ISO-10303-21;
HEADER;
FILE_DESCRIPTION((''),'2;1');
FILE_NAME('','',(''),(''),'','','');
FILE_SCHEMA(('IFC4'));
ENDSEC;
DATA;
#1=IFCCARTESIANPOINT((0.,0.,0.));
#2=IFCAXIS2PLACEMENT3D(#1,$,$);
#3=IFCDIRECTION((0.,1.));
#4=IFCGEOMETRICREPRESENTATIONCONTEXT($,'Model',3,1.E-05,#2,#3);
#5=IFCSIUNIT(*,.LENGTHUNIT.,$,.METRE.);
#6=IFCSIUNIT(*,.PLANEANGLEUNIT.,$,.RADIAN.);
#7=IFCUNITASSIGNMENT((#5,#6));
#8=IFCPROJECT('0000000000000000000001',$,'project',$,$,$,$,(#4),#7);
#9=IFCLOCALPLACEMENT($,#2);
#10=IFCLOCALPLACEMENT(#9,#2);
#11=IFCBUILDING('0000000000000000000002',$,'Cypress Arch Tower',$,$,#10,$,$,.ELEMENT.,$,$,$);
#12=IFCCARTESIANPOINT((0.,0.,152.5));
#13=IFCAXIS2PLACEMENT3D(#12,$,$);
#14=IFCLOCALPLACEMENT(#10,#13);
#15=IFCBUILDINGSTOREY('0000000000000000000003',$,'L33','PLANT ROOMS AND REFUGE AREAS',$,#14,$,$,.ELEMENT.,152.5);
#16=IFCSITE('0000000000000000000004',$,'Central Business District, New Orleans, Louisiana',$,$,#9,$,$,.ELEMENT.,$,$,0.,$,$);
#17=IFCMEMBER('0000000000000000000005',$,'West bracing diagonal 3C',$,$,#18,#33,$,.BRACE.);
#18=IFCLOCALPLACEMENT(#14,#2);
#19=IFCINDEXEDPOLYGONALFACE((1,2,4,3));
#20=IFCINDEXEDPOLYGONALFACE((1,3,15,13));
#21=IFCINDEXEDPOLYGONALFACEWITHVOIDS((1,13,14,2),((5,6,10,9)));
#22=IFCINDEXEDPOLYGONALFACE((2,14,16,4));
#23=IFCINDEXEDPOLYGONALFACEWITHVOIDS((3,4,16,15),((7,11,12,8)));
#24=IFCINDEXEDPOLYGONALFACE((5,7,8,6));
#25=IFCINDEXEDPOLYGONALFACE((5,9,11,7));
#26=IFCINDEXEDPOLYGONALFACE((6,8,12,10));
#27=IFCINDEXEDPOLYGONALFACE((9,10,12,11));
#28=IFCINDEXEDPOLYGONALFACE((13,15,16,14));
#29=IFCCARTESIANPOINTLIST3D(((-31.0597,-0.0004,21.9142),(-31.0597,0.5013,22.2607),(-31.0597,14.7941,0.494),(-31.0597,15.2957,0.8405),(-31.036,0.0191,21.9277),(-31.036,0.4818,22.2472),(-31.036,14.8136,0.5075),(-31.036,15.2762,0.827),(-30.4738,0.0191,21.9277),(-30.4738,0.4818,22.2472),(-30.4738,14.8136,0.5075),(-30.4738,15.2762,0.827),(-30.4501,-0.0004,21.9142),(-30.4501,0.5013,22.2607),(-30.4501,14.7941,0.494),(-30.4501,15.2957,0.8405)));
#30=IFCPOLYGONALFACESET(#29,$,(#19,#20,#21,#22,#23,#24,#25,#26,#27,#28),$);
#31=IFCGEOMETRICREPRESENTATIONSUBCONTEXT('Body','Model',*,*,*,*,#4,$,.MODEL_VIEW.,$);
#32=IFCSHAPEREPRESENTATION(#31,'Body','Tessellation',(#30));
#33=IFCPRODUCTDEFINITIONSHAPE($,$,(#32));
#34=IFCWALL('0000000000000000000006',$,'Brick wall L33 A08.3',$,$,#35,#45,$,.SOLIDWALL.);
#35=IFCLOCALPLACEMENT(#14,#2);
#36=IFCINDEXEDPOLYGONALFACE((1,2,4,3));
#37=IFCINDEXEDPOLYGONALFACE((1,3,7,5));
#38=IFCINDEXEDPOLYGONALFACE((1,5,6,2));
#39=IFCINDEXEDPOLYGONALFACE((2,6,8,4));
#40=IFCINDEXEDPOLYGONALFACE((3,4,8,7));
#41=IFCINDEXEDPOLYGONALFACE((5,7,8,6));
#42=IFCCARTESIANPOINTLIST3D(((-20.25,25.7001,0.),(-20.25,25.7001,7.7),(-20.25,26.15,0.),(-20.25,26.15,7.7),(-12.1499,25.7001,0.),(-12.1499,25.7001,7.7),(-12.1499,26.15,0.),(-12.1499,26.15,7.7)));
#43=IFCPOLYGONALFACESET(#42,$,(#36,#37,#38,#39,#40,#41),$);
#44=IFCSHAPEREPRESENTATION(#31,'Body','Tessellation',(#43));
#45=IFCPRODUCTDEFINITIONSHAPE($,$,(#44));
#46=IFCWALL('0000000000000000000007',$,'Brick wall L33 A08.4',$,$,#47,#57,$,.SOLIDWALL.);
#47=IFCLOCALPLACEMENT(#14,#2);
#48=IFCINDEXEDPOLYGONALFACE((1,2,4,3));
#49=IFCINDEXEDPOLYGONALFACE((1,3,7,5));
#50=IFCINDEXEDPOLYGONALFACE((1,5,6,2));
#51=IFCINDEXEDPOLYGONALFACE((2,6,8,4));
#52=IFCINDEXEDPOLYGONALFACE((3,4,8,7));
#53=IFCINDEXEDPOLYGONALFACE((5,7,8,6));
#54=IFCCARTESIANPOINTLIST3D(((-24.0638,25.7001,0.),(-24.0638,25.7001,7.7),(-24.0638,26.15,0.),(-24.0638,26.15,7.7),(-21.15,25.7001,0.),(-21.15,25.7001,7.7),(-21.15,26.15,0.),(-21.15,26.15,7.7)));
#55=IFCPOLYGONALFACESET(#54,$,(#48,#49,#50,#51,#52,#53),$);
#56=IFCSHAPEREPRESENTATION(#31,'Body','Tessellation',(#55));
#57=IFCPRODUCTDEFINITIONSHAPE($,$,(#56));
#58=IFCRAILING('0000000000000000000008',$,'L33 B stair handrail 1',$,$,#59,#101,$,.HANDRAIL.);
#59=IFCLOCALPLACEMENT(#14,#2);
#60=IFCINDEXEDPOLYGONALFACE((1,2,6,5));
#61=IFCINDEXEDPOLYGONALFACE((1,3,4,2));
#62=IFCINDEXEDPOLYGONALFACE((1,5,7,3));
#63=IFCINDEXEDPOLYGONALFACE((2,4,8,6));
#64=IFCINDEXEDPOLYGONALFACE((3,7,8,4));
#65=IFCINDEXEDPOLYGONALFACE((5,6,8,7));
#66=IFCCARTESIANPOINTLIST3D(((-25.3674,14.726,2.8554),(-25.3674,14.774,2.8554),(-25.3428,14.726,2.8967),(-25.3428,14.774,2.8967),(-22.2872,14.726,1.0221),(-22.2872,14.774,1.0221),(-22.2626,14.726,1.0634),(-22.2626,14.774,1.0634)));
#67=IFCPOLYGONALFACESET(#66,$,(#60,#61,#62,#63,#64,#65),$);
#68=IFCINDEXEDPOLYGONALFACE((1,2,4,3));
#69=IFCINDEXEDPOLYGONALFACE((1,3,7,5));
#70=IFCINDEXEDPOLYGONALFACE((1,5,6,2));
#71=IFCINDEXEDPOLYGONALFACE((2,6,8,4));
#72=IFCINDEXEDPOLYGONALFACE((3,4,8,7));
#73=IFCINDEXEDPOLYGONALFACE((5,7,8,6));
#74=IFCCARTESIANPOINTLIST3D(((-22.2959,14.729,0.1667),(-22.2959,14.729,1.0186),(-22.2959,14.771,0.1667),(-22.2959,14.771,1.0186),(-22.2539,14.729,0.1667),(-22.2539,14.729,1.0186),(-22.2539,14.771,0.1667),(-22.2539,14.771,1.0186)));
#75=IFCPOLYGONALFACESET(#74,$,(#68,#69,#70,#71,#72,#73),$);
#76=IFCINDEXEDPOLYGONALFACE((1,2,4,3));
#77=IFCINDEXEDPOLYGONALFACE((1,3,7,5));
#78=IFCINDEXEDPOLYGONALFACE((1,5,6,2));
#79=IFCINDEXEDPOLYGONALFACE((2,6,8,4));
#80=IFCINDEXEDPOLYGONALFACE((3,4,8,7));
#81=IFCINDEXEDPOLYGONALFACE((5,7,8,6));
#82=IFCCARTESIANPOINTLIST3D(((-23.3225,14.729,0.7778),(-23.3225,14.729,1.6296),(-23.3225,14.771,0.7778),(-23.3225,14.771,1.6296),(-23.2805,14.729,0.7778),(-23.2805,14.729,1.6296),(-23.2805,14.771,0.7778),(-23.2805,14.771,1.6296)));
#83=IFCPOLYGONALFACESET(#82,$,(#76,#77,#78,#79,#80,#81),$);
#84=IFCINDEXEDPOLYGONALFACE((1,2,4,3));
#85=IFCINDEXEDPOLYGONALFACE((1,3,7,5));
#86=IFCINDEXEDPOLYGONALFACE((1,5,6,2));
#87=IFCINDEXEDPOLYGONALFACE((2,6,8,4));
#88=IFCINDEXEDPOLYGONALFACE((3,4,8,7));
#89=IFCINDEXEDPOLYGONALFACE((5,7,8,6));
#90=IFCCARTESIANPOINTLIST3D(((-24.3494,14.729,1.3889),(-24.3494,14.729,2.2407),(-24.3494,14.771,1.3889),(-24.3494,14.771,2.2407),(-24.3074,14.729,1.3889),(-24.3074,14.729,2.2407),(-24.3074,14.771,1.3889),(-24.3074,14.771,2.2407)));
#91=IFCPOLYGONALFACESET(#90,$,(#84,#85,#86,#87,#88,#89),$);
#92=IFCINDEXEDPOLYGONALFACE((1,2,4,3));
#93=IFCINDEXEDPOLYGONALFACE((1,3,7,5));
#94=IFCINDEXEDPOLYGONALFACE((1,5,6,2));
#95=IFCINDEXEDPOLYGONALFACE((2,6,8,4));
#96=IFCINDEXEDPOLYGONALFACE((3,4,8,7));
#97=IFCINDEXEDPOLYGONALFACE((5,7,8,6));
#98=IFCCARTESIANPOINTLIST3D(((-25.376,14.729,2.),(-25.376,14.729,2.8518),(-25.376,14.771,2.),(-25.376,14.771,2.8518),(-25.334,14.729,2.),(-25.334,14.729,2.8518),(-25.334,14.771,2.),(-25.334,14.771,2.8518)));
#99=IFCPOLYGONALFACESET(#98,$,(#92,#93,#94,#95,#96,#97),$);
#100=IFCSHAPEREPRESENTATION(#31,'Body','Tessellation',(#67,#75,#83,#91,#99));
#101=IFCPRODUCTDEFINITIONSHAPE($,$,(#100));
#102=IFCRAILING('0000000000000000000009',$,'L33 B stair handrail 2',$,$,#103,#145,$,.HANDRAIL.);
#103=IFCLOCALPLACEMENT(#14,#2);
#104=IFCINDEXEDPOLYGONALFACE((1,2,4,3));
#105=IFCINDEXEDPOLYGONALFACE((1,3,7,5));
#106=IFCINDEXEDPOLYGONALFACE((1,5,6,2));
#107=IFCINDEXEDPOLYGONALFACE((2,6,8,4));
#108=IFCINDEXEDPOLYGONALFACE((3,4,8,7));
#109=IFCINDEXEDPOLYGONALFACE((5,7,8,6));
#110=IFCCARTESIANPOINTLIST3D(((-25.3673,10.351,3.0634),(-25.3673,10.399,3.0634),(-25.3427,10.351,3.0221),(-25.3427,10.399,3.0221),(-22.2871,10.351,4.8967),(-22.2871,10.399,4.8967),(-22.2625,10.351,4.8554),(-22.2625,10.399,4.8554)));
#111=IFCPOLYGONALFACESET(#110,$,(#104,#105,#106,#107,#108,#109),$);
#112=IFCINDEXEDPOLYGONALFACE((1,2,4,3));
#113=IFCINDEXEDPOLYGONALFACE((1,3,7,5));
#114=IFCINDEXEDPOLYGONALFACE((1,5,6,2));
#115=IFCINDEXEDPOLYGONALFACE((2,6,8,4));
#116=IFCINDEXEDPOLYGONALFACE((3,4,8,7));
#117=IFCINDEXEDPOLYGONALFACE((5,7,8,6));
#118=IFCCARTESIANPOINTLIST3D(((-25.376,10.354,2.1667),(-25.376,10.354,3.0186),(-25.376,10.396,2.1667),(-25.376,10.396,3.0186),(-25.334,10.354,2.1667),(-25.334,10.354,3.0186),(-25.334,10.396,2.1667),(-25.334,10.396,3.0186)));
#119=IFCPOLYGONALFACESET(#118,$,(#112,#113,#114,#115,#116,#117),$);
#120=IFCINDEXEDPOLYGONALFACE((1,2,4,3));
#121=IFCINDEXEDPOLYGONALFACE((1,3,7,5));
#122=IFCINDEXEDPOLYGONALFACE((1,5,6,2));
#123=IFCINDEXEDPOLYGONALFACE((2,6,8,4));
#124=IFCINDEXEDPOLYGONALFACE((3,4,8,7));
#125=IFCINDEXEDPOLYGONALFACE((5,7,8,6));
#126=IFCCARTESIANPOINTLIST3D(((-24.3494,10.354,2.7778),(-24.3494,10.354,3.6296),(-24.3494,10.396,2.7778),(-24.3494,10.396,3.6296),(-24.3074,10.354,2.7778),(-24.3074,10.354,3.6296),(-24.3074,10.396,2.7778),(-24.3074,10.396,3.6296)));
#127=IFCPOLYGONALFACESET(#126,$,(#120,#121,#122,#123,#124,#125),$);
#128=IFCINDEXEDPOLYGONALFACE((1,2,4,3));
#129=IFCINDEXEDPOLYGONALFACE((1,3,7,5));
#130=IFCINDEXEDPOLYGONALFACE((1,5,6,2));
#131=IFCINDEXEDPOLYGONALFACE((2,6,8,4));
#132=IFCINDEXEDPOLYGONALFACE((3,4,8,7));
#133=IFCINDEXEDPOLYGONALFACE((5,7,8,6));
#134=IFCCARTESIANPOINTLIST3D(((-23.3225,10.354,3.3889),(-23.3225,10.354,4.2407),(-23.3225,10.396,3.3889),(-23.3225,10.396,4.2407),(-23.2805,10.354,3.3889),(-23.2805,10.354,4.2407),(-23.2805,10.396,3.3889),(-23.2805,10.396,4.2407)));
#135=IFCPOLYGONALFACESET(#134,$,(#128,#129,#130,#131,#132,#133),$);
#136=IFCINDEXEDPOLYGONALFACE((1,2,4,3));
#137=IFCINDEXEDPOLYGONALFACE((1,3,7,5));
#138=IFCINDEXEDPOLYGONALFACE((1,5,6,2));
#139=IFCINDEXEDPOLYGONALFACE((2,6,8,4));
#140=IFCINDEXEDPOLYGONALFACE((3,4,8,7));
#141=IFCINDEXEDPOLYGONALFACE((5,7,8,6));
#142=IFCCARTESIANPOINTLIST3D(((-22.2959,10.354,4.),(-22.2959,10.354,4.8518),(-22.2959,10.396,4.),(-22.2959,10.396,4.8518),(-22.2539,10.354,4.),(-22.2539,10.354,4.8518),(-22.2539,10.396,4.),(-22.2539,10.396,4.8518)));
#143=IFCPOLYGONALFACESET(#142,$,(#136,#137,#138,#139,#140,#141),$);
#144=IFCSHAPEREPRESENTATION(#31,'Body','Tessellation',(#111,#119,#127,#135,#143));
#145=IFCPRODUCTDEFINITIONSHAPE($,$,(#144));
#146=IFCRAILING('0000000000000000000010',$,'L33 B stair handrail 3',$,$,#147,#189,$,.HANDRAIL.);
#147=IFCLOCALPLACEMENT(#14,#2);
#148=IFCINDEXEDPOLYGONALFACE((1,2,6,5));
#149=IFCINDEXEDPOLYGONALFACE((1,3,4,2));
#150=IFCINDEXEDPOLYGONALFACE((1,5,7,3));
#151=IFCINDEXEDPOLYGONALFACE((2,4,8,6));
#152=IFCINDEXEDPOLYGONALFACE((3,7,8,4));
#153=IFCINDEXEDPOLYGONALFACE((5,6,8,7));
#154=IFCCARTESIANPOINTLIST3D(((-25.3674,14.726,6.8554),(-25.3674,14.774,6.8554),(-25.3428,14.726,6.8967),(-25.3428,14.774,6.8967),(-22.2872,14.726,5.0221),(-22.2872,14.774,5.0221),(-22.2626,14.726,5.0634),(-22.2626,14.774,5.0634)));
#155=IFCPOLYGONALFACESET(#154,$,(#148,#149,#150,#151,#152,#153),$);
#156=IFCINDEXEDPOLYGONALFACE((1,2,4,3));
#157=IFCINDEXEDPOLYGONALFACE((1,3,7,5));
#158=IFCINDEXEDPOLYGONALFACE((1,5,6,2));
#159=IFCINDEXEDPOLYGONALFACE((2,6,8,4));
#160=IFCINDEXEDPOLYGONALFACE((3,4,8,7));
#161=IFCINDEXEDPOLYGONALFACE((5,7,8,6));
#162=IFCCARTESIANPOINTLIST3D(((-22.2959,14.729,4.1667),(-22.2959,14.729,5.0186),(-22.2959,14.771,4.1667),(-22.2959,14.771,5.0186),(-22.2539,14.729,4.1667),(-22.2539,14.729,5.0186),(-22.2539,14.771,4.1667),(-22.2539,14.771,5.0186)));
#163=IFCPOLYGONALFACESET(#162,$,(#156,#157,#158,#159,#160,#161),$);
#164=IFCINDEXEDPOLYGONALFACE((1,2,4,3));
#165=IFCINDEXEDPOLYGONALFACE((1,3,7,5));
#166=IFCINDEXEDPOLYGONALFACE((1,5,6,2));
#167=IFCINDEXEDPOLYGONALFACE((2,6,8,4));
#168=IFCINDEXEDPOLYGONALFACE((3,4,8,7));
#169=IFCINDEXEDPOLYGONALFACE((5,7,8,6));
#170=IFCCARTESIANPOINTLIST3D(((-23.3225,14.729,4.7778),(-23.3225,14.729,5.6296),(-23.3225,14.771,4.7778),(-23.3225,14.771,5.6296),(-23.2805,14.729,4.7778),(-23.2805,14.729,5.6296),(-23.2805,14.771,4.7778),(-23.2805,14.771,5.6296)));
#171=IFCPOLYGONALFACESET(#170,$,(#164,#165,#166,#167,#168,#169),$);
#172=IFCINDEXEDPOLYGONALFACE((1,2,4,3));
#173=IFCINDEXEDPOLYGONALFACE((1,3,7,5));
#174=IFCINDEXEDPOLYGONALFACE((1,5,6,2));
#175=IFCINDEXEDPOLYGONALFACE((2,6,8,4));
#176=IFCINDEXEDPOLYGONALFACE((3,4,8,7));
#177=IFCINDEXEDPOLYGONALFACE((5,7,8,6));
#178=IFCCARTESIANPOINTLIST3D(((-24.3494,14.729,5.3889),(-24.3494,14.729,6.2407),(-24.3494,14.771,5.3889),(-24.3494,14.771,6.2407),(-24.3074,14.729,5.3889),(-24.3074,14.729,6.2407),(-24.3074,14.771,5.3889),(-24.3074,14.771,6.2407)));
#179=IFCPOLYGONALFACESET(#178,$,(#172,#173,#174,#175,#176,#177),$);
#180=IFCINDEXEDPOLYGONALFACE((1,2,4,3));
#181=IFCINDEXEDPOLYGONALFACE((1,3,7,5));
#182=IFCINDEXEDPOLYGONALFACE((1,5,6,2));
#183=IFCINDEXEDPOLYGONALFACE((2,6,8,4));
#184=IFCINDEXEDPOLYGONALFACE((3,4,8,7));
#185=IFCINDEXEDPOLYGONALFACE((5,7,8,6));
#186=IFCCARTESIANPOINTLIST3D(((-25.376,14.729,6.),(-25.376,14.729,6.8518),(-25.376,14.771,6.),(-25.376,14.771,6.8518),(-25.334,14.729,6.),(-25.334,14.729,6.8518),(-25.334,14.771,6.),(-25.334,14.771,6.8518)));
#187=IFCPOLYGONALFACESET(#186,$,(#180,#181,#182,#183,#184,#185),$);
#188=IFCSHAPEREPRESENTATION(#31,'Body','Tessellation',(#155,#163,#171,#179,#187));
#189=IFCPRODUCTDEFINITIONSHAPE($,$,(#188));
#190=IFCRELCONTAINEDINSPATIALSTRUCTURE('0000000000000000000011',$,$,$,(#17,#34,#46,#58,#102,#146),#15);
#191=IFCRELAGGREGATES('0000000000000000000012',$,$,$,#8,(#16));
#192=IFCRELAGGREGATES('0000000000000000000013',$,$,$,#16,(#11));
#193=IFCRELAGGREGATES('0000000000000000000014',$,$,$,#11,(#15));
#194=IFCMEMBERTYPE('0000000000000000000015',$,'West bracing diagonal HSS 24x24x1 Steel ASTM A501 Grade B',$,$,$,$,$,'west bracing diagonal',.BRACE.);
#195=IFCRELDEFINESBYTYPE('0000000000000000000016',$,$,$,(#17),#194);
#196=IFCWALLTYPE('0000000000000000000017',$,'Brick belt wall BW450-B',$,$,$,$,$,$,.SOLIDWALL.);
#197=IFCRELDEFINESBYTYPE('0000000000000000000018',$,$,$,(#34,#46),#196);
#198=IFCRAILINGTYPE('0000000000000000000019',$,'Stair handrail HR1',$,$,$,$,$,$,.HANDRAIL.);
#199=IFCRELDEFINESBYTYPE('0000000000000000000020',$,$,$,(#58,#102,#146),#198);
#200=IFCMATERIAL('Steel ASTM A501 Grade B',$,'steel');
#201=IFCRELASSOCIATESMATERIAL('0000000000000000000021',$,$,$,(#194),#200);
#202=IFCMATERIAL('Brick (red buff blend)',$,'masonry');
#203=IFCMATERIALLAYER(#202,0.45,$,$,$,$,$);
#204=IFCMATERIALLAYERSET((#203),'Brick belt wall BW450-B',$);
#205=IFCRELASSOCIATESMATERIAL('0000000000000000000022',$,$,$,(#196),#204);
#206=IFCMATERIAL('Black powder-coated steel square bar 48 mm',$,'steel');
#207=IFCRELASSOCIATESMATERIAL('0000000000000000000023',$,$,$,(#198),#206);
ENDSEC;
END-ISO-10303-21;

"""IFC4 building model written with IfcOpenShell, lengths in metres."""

from ifc_helpers import new_model, si_unit, direction, frame, frame_2d, origin, origin_2d, place, context, subcontext, project, spatial, rectangle, hollow_rectangle, extrude, material, layer, layer_set, material_profile, profile_set, type_object, element, save


model = new_model("IFC4")

# Units and contexts
model_context = context("Model", 3, precision=1e-05, world=origin(), true_north=direction((0.0, 1.0)))
body_context = subcontext(model_context, "Body", "Model", "MODEL_VIEW")
ifc_project = project(units=[si_unit("LENGTHUNIT", "METRE"), si_unit("PLANEANGLEUNIT", "RADIAN")], contexts=[model_context])

# Site, building, storey
site_placement = place(None, origin())
site = spatial("IfcSite", under=ifc_project, at=site_placement, Name="Central Business District, New Orleans, Louisiana", CompositionType="ELEMENT", RefElevation=0.0)
building_placement = place(site_placement, origin())
building = spatial("IfcBuilding", under=site, at=building_placement, Name="Cypress Arch Tower", CompositionType="ELEMENT")
storey_placement = place(building_placement, frame((0.0, 0.0, 152.5)))
storey = spatial("IfcBuildingStorey", under=building, at=storey_placement, Name="L33", Description="PLANT ROOMS AND REFUGE AREAS", CompositionType="ELEMENT", Elevation=152.5)

# Member
ifc_material_1 = material(Name="Steel ASTM A501 Grade B", Category="steel")
ifc_material_profile_1 = material_profile(ifc_material_1, hollow_rectangle(XDim=0.6096, YDim=0.6096, WallThickness=0.0237, at=origin_2d()), Name="HSS 24x24x1")
ifc_profile_set_1 = profile_set([ifc_material_profile_1], Name="Steel ASTM A501 Grade B")
member_type = type_object("IfcMemberType", Name="West bracing diagonal HSS 24x24x1 Steel ASTM A501 Grade B", ElementType="west bracing diagonal", PredefinedType="BRACE", material=ifc_profile_set_1)
member_placement = place(storey_placement, frame((-30.7549, 15.0449, 0.6672), z_axis=(0.0, -0.568303, 0.822819), x_axis=(1.0, 0.0, 0.0)))
element("IfcMember", 1, at=member_placement, inside=storey, type_object=member_type, Name="West bracing diagonal 3C", PredefinedType="BRACE", context=body_context, shape_type="SweptSolid", body=[
    extrude(hollow_rectangle(XDim=0.6096, YDim=0.6096, WallThickness=0.0237, at=origin_2d()), origin(), (0.0, 0.0, 1.0), 26.0327),
])

# Walls
ifc_material_2 = material(Name="Brick (red buff blend)", Category="masonry")
ifc_layer = layer(ifc_material_2, 0.45)
ifc_layer_set = layer_set([ifc_layer], Name="Brick belt wall BW450-B")
wall_type = type_object("IfcWallType", Name="Brick belt wall BW450-B", PredefinedType="SOLIDWALL", material=ifc_layer_set)
wall_1_placement = place(storey_placement, frame((-12.1499, 25.925, 0.0), z_axis=(0.0, 0.0, 1.0), x_axis=(-1.0, 0.0, 0.0)))
element("IfcWall", 2, at=wall_1_placement, inside=storey, type_object=wall_type, Name="Brick wall L33 A08.3", PredefinedType="SOLIDWALL", context=body_context, shape_type="SweptSolid", body=[
    extrude(rectangle(XDim=8.1001, YDim=0.45, at=frame_2d((4.05, 0.0))), origin(), (0.0, 0.0, 1.0), 7.7),
])
wall_2_placement = place(storey_placement, frame((-21.1499, 25.925, 0.0), z_axis=(0.0, 0.0, 1.0), x_axis=(-1.0, 0.0, 0.0)))
element("IfcWall", 3, at=wall_2_placement, inside=storey, type_object=wall_type, Name="Brick wall L33 A08.4", PredefinedType="SOLIDWALL", context=body_context, shape_type="SweptSolid", body=[
    extrude(rectangle(XDim=2.9138, YDim=0.45, at=frame_2d((1.457, 0.0))), origin(), (0.0, 0.0, 1.0), 7.7),
])

# Railings
ifc_material_3 = material(Name="Black powder-coated steel square bar 48 mm", Category="steel")
railing_type_1 = type_object("IfcRailingType", Name="Stair handrail HR1", PredefinedType="HANDRAIL", material=ifc_material_3)
railing_1_placement = place(storey_placement, frame((-22.2749, 14.75, 0.1667)))
element("IfcRailing", 4, at=railing_1_placement, inside=storey, type_object=railing_type_1, Name="L33 B stair handrail 1", PredefinedType="HANDRAIL", context=body_context, shape_type="SweptSolid", body=[
    extrude(rectangle(XDim=0.0481, YDim=0.0481, at=origin_2d()), frame((0.0, 0.0, 0.876), z_axis=(-0.859309, 0.0, 0.511458), x_axis=(0.0, -1.0, 0.0)), (0.0, 0.0, 1.0), 3.5845),
    extrude(rectangle(XDim=0.042, YDim=0.042, at=origin_2d()), origin(), (0.0, 0.0, 1.0), 0.8518),
    extrude(rectangle(XDim=0.042, YDim=0.042, at=origin_2d()), frame((-1.0266, 0.0, 0.6111)), (0.0, 0.0, 1.0), 0.8518),
    extrude(rectangle(XDim=0.042, YDim=0.042, at=origin_2d()), frame((-2.0535, 0.0, 1.2222)), (0.0, 0.0, 1.0), 0.8518),
    extrude(rectangle(XDim=0.042, YDim=0.042, at=origin_2d()), frame((-3.0801, 0.0, 1.8333)), (0.0, 0.0, 1.0), 0.8518),
])
railing_2_placement = place(storey_placement, frame((-25.355, 10.375, 2.1667)))
element("IfcRailing", 5, at=railing_2_placement, inside=storey, type_object=railing_type_1, Name="L33 B stair handrail 2", PredefinedType="HANDRAIL", context=body_context, shape_type="SweptSolid", body=[
    extrude(rectangle(XDim=0.0481, YDim=0.0481, at=origin_2d()), frame((0.0, 0.0, 0.876), z_axis=(0.859309, 0.0, 0.511458), x_axis=(0.0, 1.0, 0.0)), (0.0, 0.0, 1.0), 3.5845),
    extrude(rectangle(XDim=0.042, YDim=0.042, at=origin_2d()), origin(), (0.0, 0.0, 1.0), 0.8518),
    extrude(rectangle(XDim=0.042, YDim=0.042, at=origin_2d()), frame((1.0266, 0.0, 0.6111)), (0.0, 0.0, 1.0), 0.8518),
    extrude(rectangle(XDim=0.042, YDim=0.042, at=origin_2d()), frame((2.0535, 0.0, 1.2222)), (0.0, 0.0, 1.0), 0.8518),
    extrude(rectangle(XDim=0.042, YDim=0.042, at=origin_2d()), frame((3.0801, 0.0, 1.8333)), (0.0, 0.0, 1.0), 0.8518),
])
railing_3_placement = place(storey_placement, frame((-22.2749, 14.75, 4.1667)))
element("IfcRailing", 6, at=railing_3_placement, inside=storey, type_object=railing_type_1, Name="L33 B stair handrail 3", PredefinedType="HANDRAIL", context=body_context, shape_type="SweptSolid", body=[
    extrude(rectangle(XDim=0.0481, YDim=0.0481, at=origin_2d()), frame((0.0, 0.0, 0.876), z_axis=(-0.859309, 0.0, 0.511458), x_axis=(0.0, -1.0, 0.0)), (0.0, 0.0, 1.0), 3.5845),
    extrude(rectangle(XDim=0.042, YDim=0.042, at=origin_2d()), origin(), (0.0, 0.0, 1.0), 0.8518),
    extrude(rectangle(XDim=0.042, YDim=0.042, at=origin_2d()), frame((-1.0266, 0.0, 0.6111)), (0.0, 0.0, 1.0), 0.8518),
    extrude(rectangle(XDim=0.042, YDim=0.042, at=origin_2d()), frame((-2.0535, 0.0, 1.2222)), (0.0, 0.0, 1.0), 0.8518),
    extrude(rectangle(XDim=0.042, YDim=0.042, at=origin_2d()), frame((-3.0801, 0.0, 1.8333)), (0.0, 0.0, 1.0), 0.8518),
])

save(model, "model.ifc")
